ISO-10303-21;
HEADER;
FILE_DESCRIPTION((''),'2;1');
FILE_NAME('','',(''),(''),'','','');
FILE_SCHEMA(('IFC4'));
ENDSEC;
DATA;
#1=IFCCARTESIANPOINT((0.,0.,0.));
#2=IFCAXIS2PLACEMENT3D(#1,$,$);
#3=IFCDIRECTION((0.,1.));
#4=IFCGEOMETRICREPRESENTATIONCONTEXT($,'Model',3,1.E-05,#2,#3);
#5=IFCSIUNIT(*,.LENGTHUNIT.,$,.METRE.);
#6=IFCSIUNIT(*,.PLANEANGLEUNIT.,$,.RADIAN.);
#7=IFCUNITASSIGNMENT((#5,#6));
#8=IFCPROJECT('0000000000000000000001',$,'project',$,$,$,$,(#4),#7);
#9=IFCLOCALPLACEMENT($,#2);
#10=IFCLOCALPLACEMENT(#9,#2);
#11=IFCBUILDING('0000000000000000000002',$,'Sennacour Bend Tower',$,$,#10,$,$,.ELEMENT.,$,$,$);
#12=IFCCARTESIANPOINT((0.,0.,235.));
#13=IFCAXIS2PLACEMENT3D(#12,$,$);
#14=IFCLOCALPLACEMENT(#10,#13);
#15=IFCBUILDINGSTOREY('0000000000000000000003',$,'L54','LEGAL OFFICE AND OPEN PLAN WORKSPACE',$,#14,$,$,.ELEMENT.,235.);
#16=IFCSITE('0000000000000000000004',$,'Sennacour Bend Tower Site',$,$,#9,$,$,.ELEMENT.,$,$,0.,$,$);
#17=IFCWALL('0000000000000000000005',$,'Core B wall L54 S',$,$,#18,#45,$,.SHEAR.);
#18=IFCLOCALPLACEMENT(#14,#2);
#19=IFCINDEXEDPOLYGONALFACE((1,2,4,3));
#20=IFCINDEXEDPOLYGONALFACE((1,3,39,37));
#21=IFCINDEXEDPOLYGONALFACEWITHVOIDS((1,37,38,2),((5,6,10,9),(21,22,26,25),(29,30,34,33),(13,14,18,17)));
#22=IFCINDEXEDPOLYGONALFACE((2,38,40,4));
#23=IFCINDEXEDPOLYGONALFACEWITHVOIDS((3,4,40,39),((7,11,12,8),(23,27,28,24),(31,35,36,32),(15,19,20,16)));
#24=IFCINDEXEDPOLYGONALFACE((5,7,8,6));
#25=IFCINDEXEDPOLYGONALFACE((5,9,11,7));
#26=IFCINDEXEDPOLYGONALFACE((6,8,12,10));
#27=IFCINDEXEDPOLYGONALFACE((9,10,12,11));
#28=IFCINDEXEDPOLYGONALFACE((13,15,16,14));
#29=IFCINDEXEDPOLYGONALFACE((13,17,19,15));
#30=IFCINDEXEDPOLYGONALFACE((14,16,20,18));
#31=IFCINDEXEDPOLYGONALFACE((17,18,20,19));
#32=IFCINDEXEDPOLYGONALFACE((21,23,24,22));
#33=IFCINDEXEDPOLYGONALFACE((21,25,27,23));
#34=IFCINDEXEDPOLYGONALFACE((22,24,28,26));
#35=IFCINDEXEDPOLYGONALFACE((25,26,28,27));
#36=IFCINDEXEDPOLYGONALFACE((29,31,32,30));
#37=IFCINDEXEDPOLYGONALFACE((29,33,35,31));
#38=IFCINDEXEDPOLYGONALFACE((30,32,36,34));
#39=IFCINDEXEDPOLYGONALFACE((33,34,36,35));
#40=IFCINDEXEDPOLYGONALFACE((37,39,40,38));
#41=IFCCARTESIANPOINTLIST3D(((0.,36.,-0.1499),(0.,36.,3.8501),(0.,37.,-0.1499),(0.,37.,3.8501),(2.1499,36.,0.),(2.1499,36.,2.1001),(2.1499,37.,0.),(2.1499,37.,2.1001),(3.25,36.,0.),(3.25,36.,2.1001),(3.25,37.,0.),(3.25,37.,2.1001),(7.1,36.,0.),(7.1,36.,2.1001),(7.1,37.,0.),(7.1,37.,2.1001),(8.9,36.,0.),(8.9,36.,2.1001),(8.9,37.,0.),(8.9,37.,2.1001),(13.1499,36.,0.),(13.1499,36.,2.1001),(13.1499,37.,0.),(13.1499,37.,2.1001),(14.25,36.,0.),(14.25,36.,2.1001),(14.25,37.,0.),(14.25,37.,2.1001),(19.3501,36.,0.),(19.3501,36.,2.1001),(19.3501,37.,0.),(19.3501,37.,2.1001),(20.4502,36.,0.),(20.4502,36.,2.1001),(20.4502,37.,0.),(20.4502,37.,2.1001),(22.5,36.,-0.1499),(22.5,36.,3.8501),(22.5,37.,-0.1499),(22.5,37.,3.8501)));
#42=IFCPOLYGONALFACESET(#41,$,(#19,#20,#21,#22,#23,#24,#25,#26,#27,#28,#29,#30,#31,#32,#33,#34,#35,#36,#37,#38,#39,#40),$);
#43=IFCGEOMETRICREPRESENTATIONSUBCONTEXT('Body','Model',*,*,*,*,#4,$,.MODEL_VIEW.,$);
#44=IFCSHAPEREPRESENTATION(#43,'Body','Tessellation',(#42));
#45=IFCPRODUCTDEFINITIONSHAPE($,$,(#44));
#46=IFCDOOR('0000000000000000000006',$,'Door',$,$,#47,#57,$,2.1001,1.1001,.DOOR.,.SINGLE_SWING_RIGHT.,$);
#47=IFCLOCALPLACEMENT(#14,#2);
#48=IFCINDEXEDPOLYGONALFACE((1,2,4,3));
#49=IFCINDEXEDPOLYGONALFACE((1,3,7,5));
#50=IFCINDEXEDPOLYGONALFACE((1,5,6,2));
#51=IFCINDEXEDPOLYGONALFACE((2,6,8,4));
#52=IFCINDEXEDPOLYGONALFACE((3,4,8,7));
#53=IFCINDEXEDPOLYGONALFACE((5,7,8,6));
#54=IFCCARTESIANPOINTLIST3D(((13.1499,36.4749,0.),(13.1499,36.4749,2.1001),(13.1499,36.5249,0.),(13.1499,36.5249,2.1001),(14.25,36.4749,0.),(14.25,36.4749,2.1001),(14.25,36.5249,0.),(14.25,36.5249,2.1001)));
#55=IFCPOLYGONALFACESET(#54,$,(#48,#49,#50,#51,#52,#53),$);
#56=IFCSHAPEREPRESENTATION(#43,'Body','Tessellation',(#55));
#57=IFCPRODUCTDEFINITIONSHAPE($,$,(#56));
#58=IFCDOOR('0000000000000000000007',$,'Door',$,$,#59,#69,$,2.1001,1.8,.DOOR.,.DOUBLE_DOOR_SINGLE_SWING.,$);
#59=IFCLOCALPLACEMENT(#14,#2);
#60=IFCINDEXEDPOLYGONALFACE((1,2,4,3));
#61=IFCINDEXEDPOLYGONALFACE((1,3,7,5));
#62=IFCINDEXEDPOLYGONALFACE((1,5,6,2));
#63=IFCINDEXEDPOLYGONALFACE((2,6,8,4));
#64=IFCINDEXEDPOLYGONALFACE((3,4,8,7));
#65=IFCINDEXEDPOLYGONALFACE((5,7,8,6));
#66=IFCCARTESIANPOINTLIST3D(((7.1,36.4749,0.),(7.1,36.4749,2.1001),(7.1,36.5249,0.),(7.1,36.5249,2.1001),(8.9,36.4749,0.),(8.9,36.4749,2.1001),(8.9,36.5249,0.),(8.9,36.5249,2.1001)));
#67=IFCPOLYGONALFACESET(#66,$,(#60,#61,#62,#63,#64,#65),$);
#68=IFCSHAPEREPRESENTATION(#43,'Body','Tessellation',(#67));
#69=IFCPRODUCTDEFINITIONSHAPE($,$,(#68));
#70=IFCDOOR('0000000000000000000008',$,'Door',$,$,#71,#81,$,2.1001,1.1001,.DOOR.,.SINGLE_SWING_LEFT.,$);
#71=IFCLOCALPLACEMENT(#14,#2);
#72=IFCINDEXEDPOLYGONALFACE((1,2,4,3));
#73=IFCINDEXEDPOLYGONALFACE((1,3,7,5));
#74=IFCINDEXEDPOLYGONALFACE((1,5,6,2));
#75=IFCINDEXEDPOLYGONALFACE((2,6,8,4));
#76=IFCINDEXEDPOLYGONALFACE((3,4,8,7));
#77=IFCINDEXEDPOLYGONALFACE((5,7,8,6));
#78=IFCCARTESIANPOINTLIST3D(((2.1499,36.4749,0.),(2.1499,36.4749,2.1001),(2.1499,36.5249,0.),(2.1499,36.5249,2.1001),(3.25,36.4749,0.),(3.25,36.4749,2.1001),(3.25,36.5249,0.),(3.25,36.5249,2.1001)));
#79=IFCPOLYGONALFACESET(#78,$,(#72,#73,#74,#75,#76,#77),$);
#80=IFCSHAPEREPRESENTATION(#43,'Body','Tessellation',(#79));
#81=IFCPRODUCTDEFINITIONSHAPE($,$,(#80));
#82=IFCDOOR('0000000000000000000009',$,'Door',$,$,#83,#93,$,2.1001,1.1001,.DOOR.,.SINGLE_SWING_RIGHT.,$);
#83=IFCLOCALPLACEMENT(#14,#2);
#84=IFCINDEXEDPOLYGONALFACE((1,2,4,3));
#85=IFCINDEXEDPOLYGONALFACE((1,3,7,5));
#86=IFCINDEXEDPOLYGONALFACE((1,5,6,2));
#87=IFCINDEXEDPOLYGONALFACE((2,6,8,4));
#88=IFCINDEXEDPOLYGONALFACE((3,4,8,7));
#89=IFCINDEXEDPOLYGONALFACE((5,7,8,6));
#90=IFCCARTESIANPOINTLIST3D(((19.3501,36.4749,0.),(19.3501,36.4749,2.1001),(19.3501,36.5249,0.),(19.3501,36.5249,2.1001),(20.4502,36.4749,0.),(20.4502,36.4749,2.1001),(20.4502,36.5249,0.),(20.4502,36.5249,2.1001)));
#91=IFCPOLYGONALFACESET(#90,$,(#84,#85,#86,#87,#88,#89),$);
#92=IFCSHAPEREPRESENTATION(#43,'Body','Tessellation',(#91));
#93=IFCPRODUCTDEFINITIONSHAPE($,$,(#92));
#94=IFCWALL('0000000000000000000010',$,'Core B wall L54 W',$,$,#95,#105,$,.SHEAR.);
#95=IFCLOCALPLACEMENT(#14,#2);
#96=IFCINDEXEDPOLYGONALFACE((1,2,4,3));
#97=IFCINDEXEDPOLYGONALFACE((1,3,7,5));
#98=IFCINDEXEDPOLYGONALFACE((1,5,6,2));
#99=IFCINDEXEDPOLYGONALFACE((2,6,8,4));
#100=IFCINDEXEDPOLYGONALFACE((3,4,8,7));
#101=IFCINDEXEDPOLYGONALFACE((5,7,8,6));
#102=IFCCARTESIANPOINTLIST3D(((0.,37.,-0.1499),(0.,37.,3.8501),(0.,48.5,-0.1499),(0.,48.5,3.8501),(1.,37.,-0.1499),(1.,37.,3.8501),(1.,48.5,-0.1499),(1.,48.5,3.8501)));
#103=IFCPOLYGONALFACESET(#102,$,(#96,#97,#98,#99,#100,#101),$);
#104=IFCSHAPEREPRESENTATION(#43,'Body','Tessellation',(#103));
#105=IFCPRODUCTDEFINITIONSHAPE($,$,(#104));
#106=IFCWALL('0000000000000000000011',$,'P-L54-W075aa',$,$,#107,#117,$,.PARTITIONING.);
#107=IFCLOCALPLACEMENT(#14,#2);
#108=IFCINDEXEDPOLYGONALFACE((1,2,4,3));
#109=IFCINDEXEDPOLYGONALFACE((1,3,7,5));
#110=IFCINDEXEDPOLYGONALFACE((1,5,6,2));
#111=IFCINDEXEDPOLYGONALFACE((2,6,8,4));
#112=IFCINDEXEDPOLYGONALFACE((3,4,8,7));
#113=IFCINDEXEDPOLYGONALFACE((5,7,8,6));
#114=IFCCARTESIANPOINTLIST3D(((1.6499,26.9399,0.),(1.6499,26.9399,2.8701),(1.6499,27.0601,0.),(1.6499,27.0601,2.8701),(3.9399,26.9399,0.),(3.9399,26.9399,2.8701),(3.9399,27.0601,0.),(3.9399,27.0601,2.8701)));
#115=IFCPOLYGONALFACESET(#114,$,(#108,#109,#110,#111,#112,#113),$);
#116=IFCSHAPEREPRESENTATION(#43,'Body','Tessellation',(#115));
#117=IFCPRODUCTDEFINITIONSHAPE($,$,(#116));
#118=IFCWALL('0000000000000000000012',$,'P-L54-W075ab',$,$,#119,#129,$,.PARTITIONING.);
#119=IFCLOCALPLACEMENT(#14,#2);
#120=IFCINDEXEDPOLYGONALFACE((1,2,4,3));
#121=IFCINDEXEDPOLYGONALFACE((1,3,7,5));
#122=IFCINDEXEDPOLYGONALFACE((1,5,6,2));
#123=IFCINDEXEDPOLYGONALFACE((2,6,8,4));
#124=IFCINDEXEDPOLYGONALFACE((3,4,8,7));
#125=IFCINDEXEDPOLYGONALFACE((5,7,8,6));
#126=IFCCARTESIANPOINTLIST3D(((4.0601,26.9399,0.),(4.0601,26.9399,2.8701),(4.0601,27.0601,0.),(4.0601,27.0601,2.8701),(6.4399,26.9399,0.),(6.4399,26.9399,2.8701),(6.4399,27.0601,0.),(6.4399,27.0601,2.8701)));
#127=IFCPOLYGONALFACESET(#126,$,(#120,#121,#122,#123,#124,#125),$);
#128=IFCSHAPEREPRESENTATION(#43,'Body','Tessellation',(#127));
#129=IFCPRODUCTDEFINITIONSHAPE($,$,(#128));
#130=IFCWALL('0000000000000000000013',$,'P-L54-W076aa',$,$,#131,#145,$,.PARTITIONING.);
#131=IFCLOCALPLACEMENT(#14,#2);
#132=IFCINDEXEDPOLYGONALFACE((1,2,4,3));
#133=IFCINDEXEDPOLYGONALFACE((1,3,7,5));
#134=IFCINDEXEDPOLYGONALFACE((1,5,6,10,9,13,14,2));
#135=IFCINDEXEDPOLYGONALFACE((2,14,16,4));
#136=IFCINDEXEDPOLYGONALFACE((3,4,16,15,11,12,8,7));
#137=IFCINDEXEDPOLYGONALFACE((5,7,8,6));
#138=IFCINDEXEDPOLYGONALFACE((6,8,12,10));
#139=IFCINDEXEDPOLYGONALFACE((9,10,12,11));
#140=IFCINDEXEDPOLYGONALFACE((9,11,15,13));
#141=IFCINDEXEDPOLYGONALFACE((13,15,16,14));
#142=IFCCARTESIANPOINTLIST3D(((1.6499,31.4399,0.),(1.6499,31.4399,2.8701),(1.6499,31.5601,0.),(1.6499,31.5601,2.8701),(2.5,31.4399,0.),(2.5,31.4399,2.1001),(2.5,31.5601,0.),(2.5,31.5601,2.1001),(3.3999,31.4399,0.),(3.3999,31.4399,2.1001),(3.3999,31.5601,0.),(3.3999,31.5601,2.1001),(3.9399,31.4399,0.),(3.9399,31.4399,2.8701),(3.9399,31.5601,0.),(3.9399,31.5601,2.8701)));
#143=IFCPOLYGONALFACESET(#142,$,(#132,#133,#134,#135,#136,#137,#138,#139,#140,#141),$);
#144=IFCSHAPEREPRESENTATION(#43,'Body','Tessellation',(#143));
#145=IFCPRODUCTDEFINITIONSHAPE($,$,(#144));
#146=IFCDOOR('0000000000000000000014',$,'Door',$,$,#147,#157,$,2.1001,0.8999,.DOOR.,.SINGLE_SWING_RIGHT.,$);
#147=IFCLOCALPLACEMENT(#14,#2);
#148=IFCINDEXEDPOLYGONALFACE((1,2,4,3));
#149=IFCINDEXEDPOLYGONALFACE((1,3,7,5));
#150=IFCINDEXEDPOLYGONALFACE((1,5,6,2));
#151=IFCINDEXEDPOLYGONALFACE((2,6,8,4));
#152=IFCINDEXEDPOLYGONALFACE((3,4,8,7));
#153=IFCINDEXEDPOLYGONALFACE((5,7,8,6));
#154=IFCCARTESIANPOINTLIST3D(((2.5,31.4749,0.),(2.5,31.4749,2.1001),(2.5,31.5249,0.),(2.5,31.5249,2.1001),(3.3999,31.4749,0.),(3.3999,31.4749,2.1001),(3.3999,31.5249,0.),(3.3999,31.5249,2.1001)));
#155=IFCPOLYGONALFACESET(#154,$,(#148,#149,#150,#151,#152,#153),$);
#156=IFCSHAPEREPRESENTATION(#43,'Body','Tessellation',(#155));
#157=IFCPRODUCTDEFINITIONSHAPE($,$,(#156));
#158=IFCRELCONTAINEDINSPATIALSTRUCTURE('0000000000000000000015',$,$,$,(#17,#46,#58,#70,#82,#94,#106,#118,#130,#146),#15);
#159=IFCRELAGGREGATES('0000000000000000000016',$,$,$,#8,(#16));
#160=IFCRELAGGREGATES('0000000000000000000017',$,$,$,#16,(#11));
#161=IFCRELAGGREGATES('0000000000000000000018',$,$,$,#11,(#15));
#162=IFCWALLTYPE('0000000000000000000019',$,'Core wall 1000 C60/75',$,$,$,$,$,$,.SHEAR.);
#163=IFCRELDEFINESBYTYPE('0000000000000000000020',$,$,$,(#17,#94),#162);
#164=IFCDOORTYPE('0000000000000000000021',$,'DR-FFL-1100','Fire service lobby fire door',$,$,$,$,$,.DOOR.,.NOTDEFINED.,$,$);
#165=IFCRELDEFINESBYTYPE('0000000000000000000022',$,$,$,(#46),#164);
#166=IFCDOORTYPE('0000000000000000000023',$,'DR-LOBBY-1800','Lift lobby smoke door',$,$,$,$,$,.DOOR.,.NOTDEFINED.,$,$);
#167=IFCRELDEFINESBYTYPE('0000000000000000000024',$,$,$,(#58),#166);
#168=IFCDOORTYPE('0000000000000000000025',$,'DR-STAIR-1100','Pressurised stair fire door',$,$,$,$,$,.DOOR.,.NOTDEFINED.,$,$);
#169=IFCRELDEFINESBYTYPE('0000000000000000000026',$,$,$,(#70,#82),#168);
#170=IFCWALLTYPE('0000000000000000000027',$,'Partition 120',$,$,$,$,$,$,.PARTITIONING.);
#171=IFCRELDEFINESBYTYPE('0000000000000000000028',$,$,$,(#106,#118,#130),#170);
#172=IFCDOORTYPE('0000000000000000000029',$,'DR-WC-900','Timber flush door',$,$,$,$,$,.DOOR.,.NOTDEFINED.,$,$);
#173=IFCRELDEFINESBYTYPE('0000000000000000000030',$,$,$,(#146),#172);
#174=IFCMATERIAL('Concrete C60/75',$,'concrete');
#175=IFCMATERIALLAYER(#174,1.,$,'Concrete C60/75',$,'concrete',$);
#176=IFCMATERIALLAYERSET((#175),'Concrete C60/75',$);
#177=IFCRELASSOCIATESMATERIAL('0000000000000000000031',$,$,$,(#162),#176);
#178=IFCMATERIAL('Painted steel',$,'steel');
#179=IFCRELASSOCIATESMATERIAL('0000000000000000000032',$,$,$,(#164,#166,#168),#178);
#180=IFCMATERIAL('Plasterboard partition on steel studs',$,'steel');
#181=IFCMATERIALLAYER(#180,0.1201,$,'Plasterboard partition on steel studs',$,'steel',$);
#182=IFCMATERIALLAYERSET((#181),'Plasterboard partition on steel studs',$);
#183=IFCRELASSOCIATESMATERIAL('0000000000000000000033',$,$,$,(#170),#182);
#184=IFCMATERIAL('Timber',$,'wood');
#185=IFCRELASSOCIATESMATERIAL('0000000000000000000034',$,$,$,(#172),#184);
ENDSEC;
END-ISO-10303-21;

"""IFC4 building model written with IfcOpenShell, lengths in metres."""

from ifc_helpers import new_model, si_unit, direction, frame, frame_2d, origin, place, context, subcontext, project, spatial, rectangle, extrude, material, layer, layer_set, type_object, element, fill, save


model = new_model("IFC4")

# Units and contexts
model_context = context("Model", 3, precision=1e-05, world=origin(), true_north=direction((0.0, 1.0)))
body_context = subcontext(model_context, "Body", "Model", "MODEL_VIEW")
ifc_project = project(units=[si_unit("LENGTHUNIT", "METRE"), si_unit("PLANEANGLEUNIT", "RADIAN")], contexts=[model_context])

# Site, building, storey
site_placement = place(None, origin())
site = spatial("IfcSite", under=ifc_project, at=site_placement, Name="Sennacour Bend Tower Site", CompositionType="ELEMENT", RefElevation=0.0)
building_placement = place(site_placement, origin())
building = spatial("IfcBuilding", under=site, at=building_placement, Name="Sennacour Bend Tower", CompositionType="ELEMENT")
storey_placement = place(building_placement, frame((0.0, 0.0, 235.0)))
storey = spatial("IfcBuildingStorey", under=building, at=storey_placement, Name="L54", Description="LEGAL OFFICE AND OPEN PLAN WORKSPACE", CompositionType="ELEMENT", Elevation=235.0)

# Wall, openings, doors
ifc_material_1 = material(Name="Concrete C60/75", Category="concrete")
ifc_layer_1 = layer(ifc_material_1, 1.0, Name="Concrete C60/75", Category="concrete")
ifc_layer_set_1 = layer_set([ifc_layer_1], Name="Concrete C60/75")
wall_type_1 = type_object("IfcWallType", Name="Core wall 1000 C60/75", PredefinedType="SHEAR", material=ifc_layer_set_1)
wall_1_placement = place(storey_placement, frame((0.0, 36.5, -0.1499), z_axis=(0.0, 0.0, 1.0), x_axis=(1.0, 0.0, 0.0)))
wall_1 = element("IfcWall", 1, at=wall_1_placement, inside=storey, type_object=wall_type_1, Name="Core B wall L54 S", PredefinedType="SHEAR", context=body_context, shape_type="SweptSolid", body=[
    extrude(rectangle(XDim=22.5, YDim=1.0, at=frame_2d((11.25, 0.0))), origin(), (0.0, 0.0, 1.0), 4.0),
])
opening_1_placement = place(wall_1_placement, frame((7.1001, 0.0, 0.1499)))
opening_1 = element("IfcOpeningElement", 2, at=opening_1_placement, cuts=wall_1, PredefinedType="OPENING", context=body_context, shape_type="SweptSolid", body=[
    extrude(rectangle(XDim=1.8, YDim=2.1001, at=frame_2d((0.8999, 1.05))), frame((0.0, 0.51, 0.0), z_axis=(0.0, -1.0, 0.0), x_axis=(1.0, 0.0, 0.0)), (0.0, 0.0, 1.0), 1.02),
])
opening_2_placement = place(wall_1_placement, frame((13.1499, 0.0, 0.1499)))
opening_2 = element("IfcOpeningElement", 3, at=opening_2_placement, cuts=wall_1, PredefinedType="OPENING", context=body_context, shape_type="SweptSolid", body=[
    extrude(rectangle(XDim=1.1001, YDim=2.1001, at=frame_2d((0.55, 1.05))), frame((0.0, 0.51, 0.0), z_axis=(0.0, -1.0, 0.0), x_axis=(1.0, 0.0, 0.0)), (0.0, 0.0, 1.0), 1.02),
])
opening_3_placement = place(wall_1_placement, frame((2.1499, 0.0, 0.1499)))
opening_3 = element("IfcOpeningElement", 4, at=opening_3_placement, cuts=wall_1, PredefinedType="OPENING", context=body_context, shape_type="SweptSolid", body=[
    extrude(rectangle(XDim=1.1001, YDim=2.1001, at=frame_2d((0.55, 1.05))), frame((0.0, 0.51, 0.0), z_axis=(0.0, -1.0, 0.0), x_axis=(1.0, 0.0, 0.0)), (0.0, 0.0, 1.0), 1.02),
])
opening_4_placement = place(wall_1_placement, frame((19.3501, 0.0, 0.1499)))
opening_4 = element("IfcOpeningElement", 5, at=opening_4_placement, cuts=wall_1, PredefinedType="OPENING", context=body_context, shape_type="SweptSolid", body=[
    extrude(rectangle(XDim=1.1001, YDim=2.1001, at=frame_2d((0.55, 1.05))), frame((0.0, 0.51, 0.0), z_axis=(0.0, -1.0, 0.0), x_axis=(1.0, 0.0, 0.0)), (0.0, 0.0, 1.0), 1.02),
])
ifc_material_2 = material(Name="Painted steel", Category="steel")
door_type_1 = type_object("IfcDoorType", Name="DR-FFL-1100", Description="Fire service lobby fire door", OperationType="NOTDEFINED", PredefinedType="DOOR", material=ifc_material_2)
door_1_placement = place(opening_2_placement, origin())
door_1 = element("IfcDoor", 6, at=door_1_placement, inside=storey, type_object=door_type_1, Name="Door", OperationType="SINGLE_SWING_RIGHT", OverallHeight=2.1001, OverallWidth=1.1001, PredefinedType="DOOR", context=body_context, shape_type="SweptSolid", body=[
    extrude(rectangle(XDim=1.1001, YDim=2.1001, at=frame_2d((0.55, 1.05))), frame((0.0, 0.0249, 0.0), z_axis=(0.0, -1.0, 0.0), x_axis=(1.0, 0.0, 0.0)), (0.0, 0.0, 1.0), 0.05),
])
fill(opening_2, door_1)
door_type_2 = type_object("IfcDoorType", Name="DR-LOBBY-1800", Description="Lift lobby smoke door", OperationType="NOTDEFINED", PredefinedType="DOOR", material=ifc_material_2)
door_2_placement = place(opening_1_placement, origin())
door_2 = element("IfcDoor", 7, at=door_2_placement, inside=storey, type_object=door_type_2, Name="Door", OperationType="DOUBLE_DOOR_SINGLE_SWING", OverallHeight=2.1001, OverallWidth=1.8, PredefinedType="DOOR", context=body_context, shape_type="SweptSolid", body=[
    extrude(rectangle(XDim=1.8, YDim=2.1001, at=frame_2d((0.8999, 1.05))), frame((0.0, 0.0249, 0.0), z_axis=(0.0, -1.0, 0.0), x_axis=(1.0, 0.0, 0.0)), (0.0, 0.0, 1.0), 0.05),
])
fill(opening_1, door_2)
door_type_3 = type_object("IfcDoorType", Name="DR-STAIR-1100", Description="Pressurised stair fire door", OperationType="NOTDEFINED", PredefinedType="DOOR", material=ifc_material_2)
door_3_placement = place(opening_3_placement, origin())
door_3 = element("IfcDoor", 8, at=door_3_placement, inside=storey, type_object=door_type_3, Name="Door", OperationType="SINGLE_SWING_LEFT", OverallHeight=2.1001, OverallWidth=1.1001, PredefinedType="DOOR", context=body_context, shape_type="SweptSolid", body=[
    extrude(rectangle(XDim=1.1001, YDim=2.1001, at=frame_2d((0.55, 1.05))), frame((0.0, 0.0249, 0.0), z_axis=(0.0, -1.0, 0.0), x_axis=(1.0, 0.0, 0.0)), (0.0, 0.0, 1.0), 0.05),
])
fill(opening_3, door_3)
door_4_placement = place(opening_4_placement, origin())
door_4 = element("IfcDoor", 9, at=door_4_placement, inside=storey, type_object=door_type_3, Name="Door", OperationType="SINGLE_SWING_RIGHT", OverallHeight=2.1001, OverallWidth=1.1001, PredefinedType="DOOR", context=body_context, shape_type="SweptSolid", body=[
    extrude(rectangle(XDim=1.1001, YDim=2.1001, at=frame_2d((0.55, 1.05))), frame((0.0, 0.0249, 0.0), z_axis=(0.0, -1.0, 0.0), x_axis=(1.0, 0.0, 0.0)), (0.0, 0.0, 1.0), 0.05),
])
fill(opening_4, door_4)

# Walls
wall_2_placement = place(storey_placement, frame((0.5, 37.0, -0.1499), z_axis=(0.0, 0.0, 1.0), x_axis=(0.0, 1.0, 0.0)))
element("IfcWall", 10, at=wall_2_placement, inside=storey, type_object=wall_type_1, Name="Core B wall L54 W", PredefinedType="SHEAR", context=body_context, shape_type="SweptSolid", body=[
    extrude(rectangle(XDim=11.5, YDim=1.0, at=frame_2d((5.75, 0.0))), origin(), (0.0, 0.0, 1.0), 4.0),
])
ifc_material_3 = material(Name="Plasterboard partition on steel studs", Category="steel")
ifc_layer_2 = layer(ifc_material_3, 0.1201, Name="Plasterboard partition on steel studs", Category="steel")
ifc_layer_set_2 = layer_set([ifc_layer_2], Name="Plasterboard partition on steel studs")
wall_type_2 = type_object("IfcWallType", Name="Partition 120", PredefinedType="PARTITIONING", material=ifc_layer_set_2)
wall_3_placement = place(storey_placement, frame((1.6499, 27.0, 0.0), z_axis=(0.0, 0.0, 1.0), x_axis=(1.0, 0.0, 0.0)))
element("IfcWall", 11, at=wall_3_placement, inside=storey, type_object=wall_type_2, Name="P-L54-W075aa", PredefinedType="PARTITIONING", context=body_context, shape_type="SweptSolid", body=[
    extrude(rectangle(XDim=2.29, YDim=0.1201, at=frame_2d((1.145, 0.0))), origin(), (0.0, 0.0, 1.0), 2.8701),
])
wall_4_placement = place(storey_placement, frame((4.0601, 27.0, 0.0), z_axis=(0.0, 0.0, 1.0), x_axis=(1.0, 0.0, 0.0)))
element("IfcWall", 12, at=wall_4_placement, inside=storey, type_object=wall_type_2, Name="P-L54-W075ab", PredefinedType="PARTITIONING", context=body_context, shape_type="SweptSolid", body=[
    extrude(rectangle(XDim=2.3799, YDim=0.1201, at=frame_2d((1.1899, 0.0))), origin(), (0.0, 0.0, 1.0), 2.8701),
])

# Wall, opening, door
wall_5_placement = place(storey_placement, frame((1.6499, 31.5, 0.0), z_axis=(0.0, 0.0, 1.0), x_axis=(1.0, 0.0, 0.0)))
wall_5 = element("IfcWall", 13, at=wall_5_placement, inside=storey, type_object=wall_type_2, Name="P-L54-W076aa", PredefinedType="PARTITIONING", context=body_context, shape_type="SweptSolid", body=[
    extrude(rectangle(XDim=2.29, YDim=0.1201, at=frame_2d((1.145, 0.0))), origin(), (0.0, 0.0, 1.0), 2.8701),
])
opening_5_placement = place(wall_5_placement, frame((0.8501, 0.0, 0.0)))
opening_5 = element("IfcOpeningElement", 14, at=opening_5_placement, cuts=wall_5, PredefinedType="OPENING", context=body_context, shape_type="SweptSolid", body=[
    extrude(rectangle(XDim=0.8999, YDim=2.1001, at=frame_2d((0.45, 1.05))), frame((0.0, 0.0701, 0.0), z_axis=(0.0, -1.0, 0.0), x_axis=(1.0, 0.0, 0.0)), (0.0, 0.0, 1.0), 0.1401),
])
ifc_material_4 = material(Name="Timber", Category="wood")
door_type_4 = type_object("IfcDoorType", Name="DR-WC-900", Description="Timber flush door", OperationType="NOTDEFINED", PredefinedType="DOOR", material=ifc_material_4)
door_5_placement = place(opening_5_placement, origin())
door_5 = element("IfcDoor", 15, at=door_5_placement, inside=storey, type_object=door_type_4, Name="Door", OperationType="SINGLE_SWING_RIGHT", OverallHeight=2.1001, OverallWidth=0.8999, PredefinedType="DOOR", context=body_context, shape_type="SweptSolid", body=[
    extrude(rectangle(XDim=0.8999, YDim=2.1001, at=frame_2d((0.45, 1.05))), frame((0.0, 0.0249, 0.0), z_axis=(0.0, -1.0, 0.0), x_axis=(1.0, 0.0, 0.0)), (0.0, 0.0, 1.0), 0.05),
])
fill(opening_5, door_5)

save(model, "model.ifc")
